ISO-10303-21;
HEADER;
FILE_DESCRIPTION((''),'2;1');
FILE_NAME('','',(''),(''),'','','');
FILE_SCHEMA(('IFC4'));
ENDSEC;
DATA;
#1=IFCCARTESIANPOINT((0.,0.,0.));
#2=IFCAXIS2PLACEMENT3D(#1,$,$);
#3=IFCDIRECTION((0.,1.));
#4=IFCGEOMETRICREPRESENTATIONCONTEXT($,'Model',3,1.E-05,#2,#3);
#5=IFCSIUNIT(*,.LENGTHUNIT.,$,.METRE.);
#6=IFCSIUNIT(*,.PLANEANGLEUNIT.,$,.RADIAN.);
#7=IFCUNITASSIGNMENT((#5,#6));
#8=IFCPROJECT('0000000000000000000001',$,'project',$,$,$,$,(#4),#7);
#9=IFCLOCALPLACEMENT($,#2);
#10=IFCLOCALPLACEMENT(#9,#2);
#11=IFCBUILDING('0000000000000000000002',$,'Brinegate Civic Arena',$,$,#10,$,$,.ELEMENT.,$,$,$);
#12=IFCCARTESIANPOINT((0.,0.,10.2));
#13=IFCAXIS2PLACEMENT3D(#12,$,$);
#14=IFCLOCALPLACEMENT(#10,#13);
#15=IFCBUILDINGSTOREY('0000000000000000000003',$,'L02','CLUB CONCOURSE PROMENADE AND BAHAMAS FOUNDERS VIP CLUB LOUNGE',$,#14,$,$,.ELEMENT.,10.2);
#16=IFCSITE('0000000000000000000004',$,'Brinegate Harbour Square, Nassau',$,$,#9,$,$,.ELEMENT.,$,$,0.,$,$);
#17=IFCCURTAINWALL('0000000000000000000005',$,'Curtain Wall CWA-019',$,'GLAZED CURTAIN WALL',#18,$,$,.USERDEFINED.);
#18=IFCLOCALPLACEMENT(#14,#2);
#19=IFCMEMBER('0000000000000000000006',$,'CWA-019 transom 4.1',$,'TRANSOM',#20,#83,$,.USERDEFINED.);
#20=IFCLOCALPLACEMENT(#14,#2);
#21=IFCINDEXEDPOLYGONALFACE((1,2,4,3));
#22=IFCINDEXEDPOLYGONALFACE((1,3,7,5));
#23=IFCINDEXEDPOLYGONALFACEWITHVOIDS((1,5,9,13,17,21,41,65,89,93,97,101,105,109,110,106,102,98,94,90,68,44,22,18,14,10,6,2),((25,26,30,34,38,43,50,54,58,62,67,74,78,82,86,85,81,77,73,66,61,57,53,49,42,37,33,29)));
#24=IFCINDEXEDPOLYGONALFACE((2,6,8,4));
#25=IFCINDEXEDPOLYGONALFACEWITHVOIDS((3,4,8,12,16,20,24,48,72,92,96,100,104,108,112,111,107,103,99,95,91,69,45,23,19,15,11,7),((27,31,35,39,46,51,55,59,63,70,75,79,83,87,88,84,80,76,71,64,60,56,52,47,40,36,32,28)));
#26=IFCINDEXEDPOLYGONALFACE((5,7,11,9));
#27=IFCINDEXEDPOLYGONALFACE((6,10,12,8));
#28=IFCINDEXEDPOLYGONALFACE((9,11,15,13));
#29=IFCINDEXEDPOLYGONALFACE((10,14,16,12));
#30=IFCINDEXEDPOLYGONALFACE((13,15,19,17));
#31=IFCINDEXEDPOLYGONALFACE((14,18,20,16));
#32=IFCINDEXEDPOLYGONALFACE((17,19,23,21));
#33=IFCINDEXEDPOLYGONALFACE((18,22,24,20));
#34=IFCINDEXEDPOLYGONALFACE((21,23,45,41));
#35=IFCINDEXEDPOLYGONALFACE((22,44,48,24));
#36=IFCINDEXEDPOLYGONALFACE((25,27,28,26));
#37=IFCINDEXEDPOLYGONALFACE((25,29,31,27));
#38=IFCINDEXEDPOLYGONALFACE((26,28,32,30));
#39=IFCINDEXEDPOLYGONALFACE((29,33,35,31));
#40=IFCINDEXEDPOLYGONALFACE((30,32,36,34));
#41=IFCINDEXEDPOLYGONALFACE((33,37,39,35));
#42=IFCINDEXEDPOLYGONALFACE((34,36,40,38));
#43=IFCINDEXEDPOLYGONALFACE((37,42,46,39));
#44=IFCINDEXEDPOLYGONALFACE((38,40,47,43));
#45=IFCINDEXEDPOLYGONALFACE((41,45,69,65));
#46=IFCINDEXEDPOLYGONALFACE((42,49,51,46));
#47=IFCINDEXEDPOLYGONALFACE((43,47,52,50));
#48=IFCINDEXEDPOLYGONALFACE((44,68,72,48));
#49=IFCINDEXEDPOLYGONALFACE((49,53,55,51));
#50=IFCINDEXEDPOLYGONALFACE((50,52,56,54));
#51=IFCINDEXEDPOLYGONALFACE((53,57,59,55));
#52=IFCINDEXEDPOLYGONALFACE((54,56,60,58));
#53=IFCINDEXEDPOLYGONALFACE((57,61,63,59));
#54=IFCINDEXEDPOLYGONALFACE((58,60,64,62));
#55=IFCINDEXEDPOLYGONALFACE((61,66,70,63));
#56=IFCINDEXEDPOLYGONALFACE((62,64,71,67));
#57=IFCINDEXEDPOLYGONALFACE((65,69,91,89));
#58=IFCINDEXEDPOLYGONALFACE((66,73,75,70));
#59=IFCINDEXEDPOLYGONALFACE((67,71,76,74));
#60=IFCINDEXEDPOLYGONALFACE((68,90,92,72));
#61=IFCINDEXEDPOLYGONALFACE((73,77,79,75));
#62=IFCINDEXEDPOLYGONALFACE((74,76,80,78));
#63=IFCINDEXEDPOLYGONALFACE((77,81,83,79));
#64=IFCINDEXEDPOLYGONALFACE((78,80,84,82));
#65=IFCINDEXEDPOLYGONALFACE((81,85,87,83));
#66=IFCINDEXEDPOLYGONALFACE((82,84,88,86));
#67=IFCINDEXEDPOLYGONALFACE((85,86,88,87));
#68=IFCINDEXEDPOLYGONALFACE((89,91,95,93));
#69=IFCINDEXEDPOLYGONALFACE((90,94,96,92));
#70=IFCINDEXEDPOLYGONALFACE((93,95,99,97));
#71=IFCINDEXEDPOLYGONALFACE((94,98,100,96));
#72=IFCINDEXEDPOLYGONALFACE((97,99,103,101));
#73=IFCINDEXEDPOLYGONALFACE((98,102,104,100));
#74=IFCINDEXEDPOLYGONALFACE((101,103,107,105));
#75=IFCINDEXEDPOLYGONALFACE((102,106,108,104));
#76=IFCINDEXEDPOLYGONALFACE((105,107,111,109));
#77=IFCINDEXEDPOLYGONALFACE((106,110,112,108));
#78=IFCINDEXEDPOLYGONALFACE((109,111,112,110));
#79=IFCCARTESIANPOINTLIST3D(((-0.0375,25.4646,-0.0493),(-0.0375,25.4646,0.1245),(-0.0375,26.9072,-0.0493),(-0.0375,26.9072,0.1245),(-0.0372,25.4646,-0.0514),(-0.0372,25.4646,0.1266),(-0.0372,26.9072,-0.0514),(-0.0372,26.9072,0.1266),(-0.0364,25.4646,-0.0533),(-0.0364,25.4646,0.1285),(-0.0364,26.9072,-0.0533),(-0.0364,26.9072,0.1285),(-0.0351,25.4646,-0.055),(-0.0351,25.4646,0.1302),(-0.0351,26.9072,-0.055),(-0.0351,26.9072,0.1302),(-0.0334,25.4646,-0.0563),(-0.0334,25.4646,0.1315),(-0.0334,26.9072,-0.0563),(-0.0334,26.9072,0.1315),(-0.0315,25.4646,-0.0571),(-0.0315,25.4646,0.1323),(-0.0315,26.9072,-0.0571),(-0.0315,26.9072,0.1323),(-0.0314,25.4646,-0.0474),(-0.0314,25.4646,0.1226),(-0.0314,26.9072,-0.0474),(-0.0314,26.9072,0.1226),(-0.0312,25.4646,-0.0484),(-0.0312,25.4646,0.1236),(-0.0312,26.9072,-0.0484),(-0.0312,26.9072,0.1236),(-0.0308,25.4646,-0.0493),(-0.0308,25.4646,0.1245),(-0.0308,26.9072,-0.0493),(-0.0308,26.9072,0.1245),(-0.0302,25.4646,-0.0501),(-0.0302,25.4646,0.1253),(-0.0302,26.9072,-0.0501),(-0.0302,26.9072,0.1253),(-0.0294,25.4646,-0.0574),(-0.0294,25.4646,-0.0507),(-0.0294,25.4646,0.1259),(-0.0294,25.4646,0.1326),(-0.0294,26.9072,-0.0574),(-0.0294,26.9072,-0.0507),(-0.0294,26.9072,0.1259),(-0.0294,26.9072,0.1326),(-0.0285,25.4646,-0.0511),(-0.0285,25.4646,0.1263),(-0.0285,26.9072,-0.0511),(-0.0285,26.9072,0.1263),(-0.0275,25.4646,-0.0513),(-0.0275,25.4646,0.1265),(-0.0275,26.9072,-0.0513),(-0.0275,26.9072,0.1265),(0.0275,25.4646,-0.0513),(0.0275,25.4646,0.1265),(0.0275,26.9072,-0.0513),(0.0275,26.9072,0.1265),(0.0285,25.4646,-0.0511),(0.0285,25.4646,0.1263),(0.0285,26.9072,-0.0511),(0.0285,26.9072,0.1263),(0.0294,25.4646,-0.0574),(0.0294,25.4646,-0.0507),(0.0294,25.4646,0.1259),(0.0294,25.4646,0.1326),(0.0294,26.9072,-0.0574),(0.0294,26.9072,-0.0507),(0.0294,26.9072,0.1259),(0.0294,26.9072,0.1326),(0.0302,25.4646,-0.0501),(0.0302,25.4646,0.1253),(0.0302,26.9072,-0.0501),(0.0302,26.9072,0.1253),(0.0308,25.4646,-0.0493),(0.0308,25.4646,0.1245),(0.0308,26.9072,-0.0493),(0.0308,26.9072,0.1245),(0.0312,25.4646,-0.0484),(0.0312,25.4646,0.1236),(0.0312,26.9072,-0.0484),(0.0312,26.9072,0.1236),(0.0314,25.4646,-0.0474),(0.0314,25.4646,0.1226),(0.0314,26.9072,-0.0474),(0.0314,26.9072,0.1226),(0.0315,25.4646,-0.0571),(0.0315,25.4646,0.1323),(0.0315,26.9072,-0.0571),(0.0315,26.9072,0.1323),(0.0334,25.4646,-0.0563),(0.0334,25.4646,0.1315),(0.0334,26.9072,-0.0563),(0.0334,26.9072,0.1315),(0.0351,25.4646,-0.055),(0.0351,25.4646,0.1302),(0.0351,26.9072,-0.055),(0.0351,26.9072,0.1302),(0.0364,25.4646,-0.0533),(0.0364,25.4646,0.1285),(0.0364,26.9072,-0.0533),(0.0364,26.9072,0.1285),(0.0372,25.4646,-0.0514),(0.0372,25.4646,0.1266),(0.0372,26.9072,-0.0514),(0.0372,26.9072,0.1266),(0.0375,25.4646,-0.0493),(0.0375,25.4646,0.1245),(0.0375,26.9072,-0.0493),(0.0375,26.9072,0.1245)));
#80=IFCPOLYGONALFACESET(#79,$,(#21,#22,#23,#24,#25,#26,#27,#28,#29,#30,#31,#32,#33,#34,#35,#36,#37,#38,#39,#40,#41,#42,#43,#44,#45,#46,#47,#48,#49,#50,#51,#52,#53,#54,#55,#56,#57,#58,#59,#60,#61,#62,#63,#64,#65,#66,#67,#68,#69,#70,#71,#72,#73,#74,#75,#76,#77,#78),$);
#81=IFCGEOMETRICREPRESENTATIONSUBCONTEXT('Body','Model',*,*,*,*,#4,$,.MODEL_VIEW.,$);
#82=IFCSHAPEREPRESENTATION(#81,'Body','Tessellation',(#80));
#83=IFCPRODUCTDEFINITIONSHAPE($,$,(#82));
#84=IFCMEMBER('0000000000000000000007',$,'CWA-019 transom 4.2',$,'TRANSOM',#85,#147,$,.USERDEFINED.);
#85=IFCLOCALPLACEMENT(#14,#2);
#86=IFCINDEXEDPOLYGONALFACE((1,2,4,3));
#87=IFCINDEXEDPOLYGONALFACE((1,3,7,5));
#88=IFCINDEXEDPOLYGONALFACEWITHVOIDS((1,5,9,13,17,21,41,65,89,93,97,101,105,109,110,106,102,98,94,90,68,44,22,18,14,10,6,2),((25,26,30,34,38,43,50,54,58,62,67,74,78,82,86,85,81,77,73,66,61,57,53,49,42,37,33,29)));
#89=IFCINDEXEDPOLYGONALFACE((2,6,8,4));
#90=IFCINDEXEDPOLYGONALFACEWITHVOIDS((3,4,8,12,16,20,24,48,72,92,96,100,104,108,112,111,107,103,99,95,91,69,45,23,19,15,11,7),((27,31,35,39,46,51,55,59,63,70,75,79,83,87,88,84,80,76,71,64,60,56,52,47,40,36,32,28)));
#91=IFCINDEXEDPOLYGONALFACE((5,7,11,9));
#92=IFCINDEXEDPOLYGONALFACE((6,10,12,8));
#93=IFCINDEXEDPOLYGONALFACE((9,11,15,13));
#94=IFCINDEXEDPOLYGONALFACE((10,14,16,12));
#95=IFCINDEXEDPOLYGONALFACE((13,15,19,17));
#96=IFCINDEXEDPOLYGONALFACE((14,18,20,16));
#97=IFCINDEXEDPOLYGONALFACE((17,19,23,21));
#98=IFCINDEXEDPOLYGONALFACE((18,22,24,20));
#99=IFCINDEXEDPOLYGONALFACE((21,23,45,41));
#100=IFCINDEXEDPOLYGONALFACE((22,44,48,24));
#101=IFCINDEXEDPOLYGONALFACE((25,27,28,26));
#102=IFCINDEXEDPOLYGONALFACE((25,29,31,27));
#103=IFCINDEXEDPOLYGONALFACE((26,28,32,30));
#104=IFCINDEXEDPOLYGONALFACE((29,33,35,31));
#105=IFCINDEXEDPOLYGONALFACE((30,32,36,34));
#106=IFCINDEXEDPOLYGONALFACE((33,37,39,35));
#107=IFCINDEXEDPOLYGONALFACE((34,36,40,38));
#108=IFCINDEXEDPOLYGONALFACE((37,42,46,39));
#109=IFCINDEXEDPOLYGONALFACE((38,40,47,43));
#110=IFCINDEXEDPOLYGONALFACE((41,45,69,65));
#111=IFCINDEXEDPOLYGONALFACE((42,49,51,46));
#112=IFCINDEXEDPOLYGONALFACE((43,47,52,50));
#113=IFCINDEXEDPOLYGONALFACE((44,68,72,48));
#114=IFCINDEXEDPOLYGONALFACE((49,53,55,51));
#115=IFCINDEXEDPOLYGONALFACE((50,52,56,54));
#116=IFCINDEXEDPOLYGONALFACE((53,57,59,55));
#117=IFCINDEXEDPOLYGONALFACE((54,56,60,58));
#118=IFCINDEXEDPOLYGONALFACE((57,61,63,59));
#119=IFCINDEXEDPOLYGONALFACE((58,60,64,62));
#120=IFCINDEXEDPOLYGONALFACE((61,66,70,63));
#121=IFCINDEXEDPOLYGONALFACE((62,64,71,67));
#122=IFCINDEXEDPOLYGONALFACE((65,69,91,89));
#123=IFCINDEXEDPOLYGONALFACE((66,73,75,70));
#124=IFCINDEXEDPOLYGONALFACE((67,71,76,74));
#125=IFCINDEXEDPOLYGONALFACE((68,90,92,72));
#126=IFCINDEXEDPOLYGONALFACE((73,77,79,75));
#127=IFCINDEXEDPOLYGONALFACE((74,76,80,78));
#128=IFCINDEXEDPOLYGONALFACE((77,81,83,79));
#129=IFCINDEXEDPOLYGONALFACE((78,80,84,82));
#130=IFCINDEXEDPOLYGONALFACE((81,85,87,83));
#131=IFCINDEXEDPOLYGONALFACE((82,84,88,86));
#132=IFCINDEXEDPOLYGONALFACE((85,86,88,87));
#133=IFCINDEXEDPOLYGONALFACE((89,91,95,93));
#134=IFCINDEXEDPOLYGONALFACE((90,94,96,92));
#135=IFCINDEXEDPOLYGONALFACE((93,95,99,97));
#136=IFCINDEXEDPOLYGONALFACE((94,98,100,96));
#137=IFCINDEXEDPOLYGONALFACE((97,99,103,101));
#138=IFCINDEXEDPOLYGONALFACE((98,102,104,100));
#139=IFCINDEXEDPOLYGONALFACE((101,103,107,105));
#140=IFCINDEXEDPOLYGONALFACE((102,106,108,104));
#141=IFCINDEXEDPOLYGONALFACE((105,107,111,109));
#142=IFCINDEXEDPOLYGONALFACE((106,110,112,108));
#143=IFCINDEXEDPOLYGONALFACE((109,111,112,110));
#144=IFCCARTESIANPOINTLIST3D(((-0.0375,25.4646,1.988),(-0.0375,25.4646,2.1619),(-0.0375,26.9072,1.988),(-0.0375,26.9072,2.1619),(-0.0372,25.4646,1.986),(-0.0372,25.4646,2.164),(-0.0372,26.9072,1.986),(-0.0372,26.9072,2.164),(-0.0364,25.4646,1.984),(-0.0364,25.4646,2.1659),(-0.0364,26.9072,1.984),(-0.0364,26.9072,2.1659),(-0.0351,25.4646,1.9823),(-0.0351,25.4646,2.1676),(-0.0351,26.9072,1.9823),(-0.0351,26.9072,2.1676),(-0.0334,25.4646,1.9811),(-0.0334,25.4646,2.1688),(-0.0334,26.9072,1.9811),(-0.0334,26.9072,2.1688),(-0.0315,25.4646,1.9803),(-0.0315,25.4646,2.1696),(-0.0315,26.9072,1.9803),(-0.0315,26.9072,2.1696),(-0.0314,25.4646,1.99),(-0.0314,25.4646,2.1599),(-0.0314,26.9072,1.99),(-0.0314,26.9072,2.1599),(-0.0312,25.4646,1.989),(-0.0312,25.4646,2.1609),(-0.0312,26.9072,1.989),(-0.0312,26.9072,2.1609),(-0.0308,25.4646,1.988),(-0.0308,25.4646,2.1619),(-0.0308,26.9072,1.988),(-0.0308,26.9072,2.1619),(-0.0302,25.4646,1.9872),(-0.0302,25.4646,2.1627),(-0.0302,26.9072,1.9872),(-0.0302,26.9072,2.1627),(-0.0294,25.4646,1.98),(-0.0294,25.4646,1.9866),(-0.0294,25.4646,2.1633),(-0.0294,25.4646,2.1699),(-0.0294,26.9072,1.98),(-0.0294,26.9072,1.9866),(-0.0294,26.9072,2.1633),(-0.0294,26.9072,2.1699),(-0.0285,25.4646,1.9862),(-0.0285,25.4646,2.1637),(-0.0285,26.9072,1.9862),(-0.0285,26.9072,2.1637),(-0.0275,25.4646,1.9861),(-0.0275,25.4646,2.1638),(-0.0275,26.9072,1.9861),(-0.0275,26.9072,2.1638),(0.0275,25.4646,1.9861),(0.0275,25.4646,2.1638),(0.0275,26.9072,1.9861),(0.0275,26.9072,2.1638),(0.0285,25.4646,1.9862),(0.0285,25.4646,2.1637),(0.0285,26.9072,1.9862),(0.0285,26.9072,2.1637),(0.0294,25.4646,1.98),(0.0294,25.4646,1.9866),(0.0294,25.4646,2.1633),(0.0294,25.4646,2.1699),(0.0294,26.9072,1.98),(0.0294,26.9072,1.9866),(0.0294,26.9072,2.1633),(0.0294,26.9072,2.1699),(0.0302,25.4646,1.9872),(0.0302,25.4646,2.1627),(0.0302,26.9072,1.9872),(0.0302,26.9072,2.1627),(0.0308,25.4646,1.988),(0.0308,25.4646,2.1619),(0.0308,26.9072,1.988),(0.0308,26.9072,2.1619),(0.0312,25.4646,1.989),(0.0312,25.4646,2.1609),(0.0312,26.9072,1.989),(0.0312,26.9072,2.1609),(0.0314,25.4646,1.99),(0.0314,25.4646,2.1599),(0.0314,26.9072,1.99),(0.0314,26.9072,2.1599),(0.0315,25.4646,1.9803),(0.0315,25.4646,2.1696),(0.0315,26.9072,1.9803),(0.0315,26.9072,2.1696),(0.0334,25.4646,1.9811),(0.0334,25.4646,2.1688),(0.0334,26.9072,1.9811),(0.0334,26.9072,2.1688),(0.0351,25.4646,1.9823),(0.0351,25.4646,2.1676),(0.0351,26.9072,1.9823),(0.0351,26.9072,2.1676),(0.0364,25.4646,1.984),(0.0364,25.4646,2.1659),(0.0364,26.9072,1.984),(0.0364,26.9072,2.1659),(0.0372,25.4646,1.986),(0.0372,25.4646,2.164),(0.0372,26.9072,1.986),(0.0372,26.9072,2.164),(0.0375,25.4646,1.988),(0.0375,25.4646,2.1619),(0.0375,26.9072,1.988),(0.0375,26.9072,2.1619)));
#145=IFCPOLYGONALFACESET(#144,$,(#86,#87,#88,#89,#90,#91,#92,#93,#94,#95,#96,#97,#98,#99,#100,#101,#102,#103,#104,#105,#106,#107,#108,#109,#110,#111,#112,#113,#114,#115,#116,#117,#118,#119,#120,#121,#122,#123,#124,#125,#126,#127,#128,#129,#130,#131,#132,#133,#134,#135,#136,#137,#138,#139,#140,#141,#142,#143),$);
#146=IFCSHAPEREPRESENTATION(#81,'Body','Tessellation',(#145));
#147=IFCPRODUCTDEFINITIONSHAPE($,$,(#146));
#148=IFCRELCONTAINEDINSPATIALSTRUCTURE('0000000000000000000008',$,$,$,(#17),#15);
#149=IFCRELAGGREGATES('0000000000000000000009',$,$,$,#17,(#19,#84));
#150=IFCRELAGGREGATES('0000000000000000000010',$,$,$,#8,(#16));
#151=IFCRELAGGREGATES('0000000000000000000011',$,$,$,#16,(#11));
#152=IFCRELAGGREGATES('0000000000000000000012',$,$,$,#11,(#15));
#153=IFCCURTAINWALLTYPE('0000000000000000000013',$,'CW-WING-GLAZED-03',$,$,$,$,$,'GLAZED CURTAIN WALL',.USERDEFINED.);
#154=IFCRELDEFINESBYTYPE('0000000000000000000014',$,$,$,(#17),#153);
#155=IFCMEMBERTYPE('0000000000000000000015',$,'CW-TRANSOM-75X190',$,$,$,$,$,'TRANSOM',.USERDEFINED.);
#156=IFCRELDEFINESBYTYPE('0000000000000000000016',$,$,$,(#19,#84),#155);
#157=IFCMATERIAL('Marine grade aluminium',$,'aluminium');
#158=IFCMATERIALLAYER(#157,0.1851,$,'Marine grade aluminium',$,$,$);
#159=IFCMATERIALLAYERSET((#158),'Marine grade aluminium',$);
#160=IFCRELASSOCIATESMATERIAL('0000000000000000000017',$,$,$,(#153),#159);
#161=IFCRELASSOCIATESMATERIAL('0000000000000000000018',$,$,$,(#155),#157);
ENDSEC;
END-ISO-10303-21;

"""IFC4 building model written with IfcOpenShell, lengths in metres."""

from ifc_helpers import new_model, si_unit, direction, frame, origin, origin_2d, place, context, subcontext, project, spatial, hollow_rectangle, extrude, material, layer, layer_set, material_profile, profile_set, type_object, element, aggregate, save


model = new_model("IFC4")

# Units and contexts
model_context = context("Model", 3, precision=1e-05, world=origin(), true_north=direction((0.0, 1.0)))
body_context = subcontext(model_context, "Body", "Model", "MODEL_VIEW")
ifc_project = project(units=[si_unit("LENGTHUNIT", "METRE"), si_unit("PLANEANGLEUNIT", "RADIAN")], contexts=[model_context])

# Site, building, storey
site_placement = place(None, origin())
site = spatial("IfcSite", under=ifc_project, at=site_placement, Name="Brinegate Harbour Square, Nassau", CompositionType="ELEMENT", RefElevation=0.0)
building_placement = place(site_placement, origin())
building = spatial("IfcBuilding", under=site, at=building_placement, Name="Brinegate Civic Arena", CompositionType="ELEMENT")
storey_placement = place(building_placement, frame((0.0, 0.0, 10.2)))
storey = spatial("IfcBuildingStorey", under=building, at=storey_placement, Name="L02", Description="CLUB CONCOURSE PROMENADE AND BAHAMAS FOUNDERS VIP CLUB LOUNGE", CompositionType="ELEMENT", Elevation=10.2)

# Curtain wall, members
ifc_material_1 = material(Name="Marine grade aluminium", Category="aluminium")
ifc_layer_1 = layer(ifc_material_1, 0.1851, Name="Marine grade aluminium")
ifc_layer_set_1 = layer_set([ifc_layer_1], Name="Marine grade aluminium")
curtain_wall_type = type_object("IfcCurtainWallType", Name="CW-WING-GLAZED-03", ElementType="GLAZED CURTAIN WALL", PredefinedType="USERDEFINED", material=ifc_layer_set_1)
curtain_wall_placement = place(storey_placement, origin())
curtain_wall = element("IfcCurtainWall", 1, at=curtain_wall_placement, inside=storey, type_object=curtain_wall_type, Name="Curtain Wall CWA-019", ObjectType="GLAZED CURTAIN WALL", PredefinedType="USERDEFINED")
ifc_material_profile_1 = material_profile(ifc_material_1, hollow_rectangle(XDim=0.075, YDim=0.1899, WallThickness=0.0061, InnerFilletRadius=0.0039, OuterFilletRadius=0.0081, at=origin_2d()), Name="TRN75X190")
ifc_profile_set_1 = profile_set([ifc_material_profile_1], Name="Marine grade aluminium")
member_type_1 = type_object("IfcMemberType", Name="CW-TRANSOM-75X190", ElementType="TRANSOM", PredefinedType="USERDEFINED", material=ifc_profile_set_1)
member_1_placement = place(storey_placement, frame((0.0, 25.4646, 0.0376), z_axis=(0.0, 1.0, 0.0), x_axis=(-1.0, 0.0, 0.0)))
member_1 = element("IfcMember", 2, at=member_1_placement, type_object=member_type_1, Name="CWA-019 transom 4.1", ObjectType="TRANSOM", PredefinedType="USERDEFINED", context=body_context, shape_type="SweptSolid", body=[
    extrude(hollow_rectangle(XDim=0.075, YDim=0.1899, WallThickness=0.0061, InnerFilletRadius=0.0039, OuterFilletRadius=0.0081, at=origin_2d()), origin(), (0.0, 0.0, 1.0), 1.4426),
])
member_2_placement = place(storey_placement, frame((0.0, 25.4646, 2.075), z_axis=(0.0, 1.0, 0.0), x_axis=(-1.0, 0.0, 0.0)))
member_2 = element("IfcMember", 3, at=member_2_placement, type_object=member_type_1, Name="CWA-019 transom 4.2", ObjectType="TRANSOM", PredefinedType="USERDEFINED", context=body_context, shape_type="SweptSolid", body=[
    extrude(hollow_rectangle(XDim=0.075, YDim=0.1899, WallThickness=0.0061, InnerFilletRadius=0.0039, OuterFilletRadius=0.0081, at=origin_2d()), origin(), (0.0, 0.0, 1.0), 1.4426),
])

aggregate(curtain_wall, [member_1, member_2])

save(model, "model.ifc")
